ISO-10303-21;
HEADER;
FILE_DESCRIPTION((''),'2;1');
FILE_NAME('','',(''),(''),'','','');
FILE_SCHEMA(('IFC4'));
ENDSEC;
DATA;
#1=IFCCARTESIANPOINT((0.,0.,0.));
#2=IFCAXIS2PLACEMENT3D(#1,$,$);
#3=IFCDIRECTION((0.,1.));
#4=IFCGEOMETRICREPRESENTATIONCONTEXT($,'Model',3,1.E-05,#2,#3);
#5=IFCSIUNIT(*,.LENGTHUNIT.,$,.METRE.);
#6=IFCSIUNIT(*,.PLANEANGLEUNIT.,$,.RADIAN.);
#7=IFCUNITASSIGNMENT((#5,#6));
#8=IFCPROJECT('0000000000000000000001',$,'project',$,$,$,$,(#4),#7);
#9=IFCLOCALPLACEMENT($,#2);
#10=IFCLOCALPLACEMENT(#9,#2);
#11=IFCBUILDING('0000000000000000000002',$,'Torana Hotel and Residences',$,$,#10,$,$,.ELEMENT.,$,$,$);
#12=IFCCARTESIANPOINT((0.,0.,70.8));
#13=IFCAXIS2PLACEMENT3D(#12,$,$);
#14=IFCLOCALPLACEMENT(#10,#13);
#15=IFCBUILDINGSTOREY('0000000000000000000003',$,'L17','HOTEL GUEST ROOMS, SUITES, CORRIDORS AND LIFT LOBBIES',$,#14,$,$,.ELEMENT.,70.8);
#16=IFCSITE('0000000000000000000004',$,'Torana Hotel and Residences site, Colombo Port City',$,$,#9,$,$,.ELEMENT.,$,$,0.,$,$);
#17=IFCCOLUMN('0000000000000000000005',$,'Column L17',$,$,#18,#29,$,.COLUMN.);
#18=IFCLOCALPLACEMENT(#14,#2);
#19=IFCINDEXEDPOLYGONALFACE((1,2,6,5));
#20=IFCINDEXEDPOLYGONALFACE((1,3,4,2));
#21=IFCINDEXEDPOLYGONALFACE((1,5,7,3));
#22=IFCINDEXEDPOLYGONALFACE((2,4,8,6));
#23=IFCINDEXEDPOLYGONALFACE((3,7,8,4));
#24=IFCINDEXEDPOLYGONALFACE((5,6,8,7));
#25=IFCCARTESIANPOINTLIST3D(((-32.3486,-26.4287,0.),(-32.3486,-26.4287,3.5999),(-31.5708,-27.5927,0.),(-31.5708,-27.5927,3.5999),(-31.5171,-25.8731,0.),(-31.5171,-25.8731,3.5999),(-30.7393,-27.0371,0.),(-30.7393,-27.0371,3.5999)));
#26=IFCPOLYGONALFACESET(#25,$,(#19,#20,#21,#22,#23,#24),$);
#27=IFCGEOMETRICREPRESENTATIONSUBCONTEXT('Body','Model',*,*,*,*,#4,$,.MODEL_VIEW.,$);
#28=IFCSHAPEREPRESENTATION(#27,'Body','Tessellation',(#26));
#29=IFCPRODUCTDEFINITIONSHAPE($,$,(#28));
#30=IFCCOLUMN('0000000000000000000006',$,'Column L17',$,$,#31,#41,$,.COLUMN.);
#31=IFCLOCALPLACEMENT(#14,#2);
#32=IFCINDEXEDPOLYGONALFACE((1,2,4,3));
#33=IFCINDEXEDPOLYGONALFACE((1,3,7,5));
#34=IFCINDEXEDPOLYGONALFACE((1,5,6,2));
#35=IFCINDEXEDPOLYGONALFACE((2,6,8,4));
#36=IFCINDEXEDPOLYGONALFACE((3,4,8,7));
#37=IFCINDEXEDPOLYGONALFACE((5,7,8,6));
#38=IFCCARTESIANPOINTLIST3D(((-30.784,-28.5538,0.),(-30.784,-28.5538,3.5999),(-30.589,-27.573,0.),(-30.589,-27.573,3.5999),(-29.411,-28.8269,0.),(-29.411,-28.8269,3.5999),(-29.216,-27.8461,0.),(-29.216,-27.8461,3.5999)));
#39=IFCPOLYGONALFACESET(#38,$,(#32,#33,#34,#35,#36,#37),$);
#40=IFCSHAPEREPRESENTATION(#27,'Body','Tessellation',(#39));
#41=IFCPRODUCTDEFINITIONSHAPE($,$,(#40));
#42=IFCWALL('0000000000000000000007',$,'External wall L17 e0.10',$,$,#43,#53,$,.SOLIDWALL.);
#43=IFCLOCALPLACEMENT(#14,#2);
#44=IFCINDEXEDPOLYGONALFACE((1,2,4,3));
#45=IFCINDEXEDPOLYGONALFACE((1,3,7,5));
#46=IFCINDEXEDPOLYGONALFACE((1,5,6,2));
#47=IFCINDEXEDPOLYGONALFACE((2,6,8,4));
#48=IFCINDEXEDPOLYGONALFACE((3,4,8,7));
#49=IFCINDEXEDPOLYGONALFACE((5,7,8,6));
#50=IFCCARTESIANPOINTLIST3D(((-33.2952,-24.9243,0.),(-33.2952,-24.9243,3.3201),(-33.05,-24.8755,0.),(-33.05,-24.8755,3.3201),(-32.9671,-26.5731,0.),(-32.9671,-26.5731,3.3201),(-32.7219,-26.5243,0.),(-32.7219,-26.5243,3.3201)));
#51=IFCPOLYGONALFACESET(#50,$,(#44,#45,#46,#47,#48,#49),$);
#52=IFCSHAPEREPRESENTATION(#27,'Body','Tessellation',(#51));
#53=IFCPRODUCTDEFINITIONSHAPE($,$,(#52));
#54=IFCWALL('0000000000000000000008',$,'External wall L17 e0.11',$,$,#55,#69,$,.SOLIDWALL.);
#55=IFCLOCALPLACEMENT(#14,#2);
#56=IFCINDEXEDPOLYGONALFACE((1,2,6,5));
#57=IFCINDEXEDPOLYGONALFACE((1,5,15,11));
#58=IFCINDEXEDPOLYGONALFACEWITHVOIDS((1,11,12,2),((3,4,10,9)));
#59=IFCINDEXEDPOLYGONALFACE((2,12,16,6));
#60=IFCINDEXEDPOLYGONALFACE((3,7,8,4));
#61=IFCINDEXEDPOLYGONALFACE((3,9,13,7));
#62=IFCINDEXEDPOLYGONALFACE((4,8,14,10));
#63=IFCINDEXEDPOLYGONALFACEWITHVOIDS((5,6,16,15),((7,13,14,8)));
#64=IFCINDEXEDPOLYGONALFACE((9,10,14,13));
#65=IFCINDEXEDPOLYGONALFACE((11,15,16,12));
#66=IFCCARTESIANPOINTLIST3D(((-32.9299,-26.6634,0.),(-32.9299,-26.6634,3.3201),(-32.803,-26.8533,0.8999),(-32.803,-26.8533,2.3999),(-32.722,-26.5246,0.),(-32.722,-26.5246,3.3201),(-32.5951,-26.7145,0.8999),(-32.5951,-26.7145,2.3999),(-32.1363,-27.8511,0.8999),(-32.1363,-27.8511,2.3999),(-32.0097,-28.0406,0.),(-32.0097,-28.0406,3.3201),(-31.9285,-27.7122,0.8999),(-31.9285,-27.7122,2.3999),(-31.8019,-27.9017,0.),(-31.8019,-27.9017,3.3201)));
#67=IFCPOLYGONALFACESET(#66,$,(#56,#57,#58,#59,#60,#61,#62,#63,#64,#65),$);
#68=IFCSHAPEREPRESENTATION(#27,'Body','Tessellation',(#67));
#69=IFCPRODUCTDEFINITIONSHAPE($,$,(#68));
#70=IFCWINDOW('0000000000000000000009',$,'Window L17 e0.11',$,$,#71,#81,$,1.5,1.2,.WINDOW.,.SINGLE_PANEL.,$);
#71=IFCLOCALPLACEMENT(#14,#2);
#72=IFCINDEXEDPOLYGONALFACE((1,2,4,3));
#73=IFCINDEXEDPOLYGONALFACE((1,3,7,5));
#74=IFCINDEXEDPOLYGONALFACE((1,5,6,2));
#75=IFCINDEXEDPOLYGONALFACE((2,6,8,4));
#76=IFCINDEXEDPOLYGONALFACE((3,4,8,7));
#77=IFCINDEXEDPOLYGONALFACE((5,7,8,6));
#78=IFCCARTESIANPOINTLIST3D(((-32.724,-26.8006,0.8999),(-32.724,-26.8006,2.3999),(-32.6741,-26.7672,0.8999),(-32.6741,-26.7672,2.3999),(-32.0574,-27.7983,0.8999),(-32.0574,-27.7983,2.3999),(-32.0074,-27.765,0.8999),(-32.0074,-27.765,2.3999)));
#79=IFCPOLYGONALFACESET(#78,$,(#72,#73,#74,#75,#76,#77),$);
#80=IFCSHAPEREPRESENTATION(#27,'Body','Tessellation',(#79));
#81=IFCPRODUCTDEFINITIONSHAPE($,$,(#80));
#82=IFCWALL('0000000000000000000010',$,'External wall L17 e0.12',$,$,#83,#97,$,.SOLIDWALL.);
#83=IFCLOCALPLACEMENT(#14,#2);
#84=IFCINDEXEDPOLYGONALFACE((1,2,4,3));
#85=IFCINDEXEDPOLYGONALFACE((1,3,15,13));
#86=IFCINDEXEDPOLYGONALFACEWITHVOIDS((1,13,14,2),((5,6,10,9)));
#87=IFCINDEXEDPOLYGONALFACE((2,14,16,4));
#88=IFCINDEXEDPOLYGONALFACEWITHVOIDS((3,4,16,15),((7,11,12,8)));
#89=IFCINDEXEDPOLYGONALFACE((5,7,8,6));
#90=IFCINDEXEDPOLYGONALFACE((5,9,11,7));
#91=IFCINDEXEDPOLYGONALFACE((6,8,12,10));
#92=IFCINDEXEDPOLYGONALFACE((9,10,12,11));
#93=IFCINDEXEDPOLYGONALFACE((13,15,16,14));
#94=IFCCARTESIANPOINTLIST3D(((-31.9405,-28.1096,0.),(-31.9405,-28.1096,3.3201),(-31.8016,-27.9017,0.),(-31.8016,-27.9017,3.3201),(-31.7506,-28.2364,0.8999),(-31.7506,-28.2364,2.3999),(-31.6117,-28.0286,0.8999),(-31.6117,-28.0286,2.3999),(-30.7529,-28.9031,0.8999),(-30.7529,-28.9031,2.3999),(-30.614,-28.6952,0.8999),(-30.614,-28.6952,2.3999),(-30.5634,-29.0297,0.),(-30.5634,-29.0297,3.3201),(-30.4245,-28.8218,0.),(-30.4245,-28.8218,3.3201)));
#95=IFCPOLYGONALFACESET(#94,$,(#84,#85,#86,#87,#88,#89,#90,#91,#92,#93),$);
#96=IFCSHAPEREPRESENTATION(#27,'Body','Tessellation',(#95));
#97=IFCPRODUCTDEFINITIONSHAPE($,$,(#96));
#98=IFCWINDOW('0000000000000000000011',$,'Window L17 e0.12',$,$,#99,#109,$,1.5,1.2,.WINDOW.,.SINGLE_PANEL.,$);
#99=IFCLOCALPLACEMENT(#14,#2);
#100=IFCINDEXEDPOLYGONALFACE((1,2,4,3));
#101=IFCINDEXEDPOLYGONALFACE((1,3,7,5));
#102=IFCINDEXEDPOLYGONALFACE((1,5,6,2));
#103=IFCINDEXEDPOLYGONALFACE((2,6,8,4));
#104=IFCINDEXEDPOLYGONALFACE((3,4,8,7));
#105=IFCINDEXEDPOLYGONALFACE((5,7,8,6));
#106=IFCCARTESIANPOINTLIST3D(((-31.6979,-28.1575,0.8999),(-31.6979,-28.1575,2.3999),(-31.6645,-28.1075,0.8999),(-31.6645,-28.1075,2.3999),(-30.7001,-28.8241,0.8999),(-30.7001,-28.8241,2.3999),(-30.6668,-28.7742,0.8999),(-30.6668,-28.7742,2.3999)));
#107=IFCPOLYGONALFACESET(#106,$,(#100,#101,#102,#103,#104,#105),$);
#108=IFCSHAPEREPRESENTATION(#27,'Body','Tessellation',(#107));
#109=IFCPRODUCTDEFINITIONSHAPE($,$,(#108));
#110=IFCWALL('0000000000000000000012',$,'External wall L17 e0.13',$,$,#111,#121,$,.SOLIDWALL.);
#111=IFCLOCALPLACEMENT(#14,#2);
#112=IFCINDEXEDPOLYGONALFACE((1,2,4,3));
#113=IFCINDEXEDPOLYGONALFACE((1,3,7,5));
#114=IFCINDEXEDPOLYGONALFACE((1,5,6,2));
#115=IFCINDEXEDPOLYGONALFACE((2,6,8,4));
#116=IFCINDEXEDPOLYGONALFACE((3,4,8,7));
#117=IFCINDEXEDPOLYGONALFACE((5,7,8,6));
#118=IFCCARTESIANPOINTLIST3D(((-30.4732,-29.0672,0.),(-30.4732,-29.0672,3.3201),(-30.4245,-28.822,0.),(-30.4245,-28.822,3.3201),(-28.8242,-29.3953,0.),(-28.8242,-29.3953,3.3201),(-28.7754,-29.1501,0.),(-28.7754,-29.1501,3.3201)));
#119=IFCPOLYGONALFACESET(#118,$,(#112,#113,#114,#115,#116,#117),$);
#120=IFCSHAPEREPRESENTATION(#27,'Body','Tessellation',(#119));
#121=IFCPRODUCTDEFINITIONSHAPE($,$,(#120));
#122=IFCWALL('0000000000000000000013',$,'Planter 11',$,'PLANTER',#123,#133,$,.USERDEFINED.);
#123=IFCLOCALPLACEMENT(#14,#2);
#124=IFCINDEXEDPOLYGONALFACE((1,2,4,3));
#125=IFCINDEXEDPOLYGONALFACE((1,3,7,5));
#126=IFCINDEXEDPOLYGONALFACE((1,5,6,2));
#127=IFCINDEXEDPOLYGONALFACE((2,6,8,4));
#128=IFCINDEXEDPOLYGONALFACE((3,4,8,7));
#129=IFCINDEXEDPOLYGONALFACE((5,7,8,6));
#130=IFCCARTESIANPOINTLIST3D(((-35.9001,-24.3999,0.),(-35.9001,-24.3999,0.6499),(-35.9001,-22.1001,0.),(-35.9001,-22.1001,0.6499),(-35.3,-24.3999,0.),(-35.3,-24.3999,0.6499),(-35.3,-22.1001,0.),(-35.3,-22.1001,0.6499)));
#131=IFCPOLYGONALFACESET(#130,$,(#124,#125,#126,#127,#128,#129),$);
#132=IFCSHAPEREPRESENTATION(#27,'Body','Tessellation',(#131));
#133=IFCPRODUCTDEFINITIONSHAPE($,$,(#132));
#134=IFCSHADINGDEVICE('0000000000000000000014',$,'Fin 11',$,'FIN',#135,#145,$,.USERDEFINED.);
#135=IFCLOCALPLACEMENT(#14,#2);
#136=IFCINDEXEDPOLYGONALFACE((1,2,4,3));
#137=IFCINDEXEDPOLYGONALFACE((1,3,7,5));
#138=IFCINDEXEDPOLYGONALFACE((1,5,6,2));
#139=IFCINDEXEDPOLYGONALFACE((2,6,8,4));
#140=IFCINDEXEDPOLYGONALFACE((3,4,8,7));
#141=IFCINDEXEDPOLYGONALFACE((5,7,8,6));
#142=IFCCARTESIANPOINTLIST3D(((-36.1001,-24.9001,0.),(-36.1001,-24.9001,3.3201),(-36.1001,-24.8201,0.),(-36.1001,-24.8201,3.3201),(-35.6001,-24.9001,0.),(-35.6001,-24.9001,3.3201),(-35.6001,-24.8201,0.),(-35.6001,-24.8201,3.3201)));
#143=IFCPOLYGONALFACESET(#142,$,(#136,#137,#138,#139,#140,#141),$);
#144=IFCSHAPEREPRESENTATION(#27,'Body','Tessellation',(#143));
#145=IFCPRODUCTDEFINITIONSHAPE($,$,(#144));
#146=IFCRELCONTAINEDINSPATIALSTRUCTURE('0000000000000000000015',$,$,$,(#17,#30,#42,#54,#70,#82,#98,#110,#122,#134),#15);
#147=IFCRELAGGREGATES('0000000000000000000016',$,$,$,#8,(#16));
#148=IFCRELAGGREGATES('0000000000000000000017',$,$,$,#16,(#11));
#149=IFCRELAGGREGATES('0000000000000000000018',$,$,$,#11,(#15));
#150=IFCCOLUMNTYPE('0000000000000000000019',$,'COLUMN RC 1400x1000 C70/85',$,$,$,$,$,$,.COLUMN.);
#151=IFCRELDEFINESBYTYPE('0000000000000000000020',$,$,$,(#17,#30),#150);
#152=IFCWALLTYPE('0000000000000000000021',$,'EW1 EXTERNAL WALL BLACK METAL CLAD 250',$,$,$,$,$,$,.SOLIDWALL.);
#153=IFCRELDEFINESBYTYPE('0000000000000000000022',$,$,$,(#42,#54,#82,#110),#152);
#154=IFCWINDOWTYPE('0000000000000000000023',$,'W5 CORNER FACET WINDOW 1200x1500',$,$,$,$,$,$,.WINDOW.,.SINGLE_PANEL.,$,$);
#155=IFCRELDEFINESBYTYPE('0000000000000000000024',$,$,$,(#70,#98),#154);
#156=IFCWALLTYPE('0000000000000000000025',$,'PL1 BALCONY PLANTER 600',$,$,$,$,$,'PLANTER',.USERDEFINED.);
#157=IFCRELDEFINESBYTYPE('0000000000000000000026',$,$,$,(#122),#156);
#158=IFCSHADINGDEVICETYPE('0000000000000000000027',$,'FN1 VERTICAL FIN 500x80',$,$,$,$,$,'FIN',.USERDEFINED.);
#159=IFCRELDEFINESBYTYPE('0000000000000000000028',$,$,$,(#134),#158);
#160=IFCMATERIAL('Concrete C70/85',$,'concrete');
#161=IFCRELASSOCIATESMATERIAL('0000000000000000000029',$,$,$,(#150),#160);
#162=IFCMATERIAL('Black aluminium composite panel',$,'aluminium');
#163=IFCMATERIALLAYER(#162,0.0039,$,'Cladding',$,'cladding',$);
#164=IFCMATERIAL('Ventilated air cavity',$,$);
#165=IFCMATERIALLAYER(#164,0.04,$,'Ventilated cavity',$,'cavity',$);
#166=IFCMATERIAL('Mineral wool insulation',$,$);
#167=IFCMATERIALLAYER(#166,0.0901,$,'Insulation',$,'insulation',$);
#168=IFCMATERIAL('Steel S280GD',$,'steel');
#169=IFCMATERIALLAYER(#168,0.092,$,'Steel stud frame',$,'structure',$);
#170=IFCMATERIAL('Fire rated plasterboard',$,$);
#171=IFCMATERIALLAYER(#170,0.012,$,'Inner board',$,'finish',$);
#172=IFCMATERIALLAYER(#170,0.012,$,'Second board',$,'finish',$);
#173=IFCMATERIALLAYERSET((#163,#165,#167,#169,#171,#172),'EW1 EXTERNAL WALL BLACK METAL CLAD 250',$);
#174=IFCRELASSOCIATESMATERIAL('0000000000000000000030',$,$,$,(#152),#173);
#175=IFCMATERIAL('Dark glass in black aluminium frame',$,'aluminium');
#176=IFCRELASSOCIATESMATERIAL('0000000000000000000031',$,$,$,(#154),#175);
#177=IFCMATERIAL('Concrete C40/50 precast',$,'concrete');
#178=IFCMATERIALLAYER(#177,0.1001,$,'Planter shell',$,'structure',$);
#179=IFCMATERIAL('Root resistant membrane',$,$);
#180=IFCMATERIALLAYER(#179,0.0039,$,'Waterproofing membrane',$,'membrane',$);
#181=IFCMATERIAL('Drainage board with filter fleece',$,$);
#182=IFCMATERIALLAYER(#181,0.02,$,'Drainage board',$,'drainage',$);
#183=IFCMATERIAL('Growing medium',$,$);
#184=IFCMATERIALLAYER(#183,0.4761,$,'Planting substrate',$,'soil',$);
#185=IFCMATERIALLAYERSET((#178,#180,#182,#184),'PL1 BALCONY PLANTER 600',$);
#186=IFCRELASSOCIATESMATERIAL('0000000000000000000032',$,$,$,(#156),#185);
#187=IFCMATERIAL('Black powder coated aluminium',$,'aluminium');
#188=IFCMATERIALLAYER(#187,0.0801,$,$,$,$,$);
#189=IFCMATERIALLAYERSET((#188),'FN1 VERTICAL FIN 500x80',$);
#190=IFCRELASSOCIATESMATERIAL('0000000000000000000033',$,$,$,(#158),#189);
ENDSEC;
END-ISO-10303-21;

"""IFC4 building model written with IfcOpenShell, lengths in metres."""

from ifc_helpers import new_model, si_unit, direction, frame, frame_2d, origin, origin_2d, place, context, subcontext, project, spatial, rectangle, extrude, material, layer, layer_set, material_profile, profile_set, type_object, element, fill, save


model = new_model("IFC4")

# Units and contexts
model_context = context("Model", 3, precision=1e-05, world=origin(), true_north=direction((0.0, 1.0)))
body_context = subcontext(model_context, "Body", "Model", "MODEL_VIEW")
ifc_project = project(units=[si_unit("LENGTHUNIT", "METRE"), si_unit("PLANEANGLEUNIT", "RADIAN")], contexts=[model_context])

# Site, building, storey
site_placement = place(None, origin())
site = spatial("IfcSite", under=ifc_project, at=site_placement, Name="Torana Hotel and Residences site, Colombo Port City", CompositionType="ELEMENT", RefElevation=0.0)
building_placement = place(site_placement, origin())
building = spatial("IfcBuilding", under=site, at=building_placement, Name="Torana Hotel and Residences", CompositionType="ELEMENT")
storey_placement = place(building_placement, frame((0.0, 0.0, 70.8)))
storey = spatial("IfcBuildingStorey", under=building, at=storey_placement, Name="L17", Description="HOTEL GUEST ROOMS, SUITES, CORRIDORS AND LIFT LOBBIES", CompositionType="ELEMENT", Elevation=70.8)

# Columns
ifc_material_1 = material(Name="Concrete C70/85", Category="concrete")
ifc_material_profile = material_profile(ifc_material_1, rectangle(XDim=1.3999, YDim=1.0, at=origin_2d()), Name="RC 1400x1000")
ifc_profile_set = profile_set([ifc_material_profile], Name="Concrete C70/85")
column_type = type_object("IfcColumnType", Name="COLUMN RC 1400x1000 C70/85", PredefinedType="COLUMN", material=ifc_profile_set)
for number, where, z_axis, x_axis, name in (
    (1, (-31.5439, -26.7329, 0.0), (0.0, 0.0, 1.0), (-0.555585, 0.83146, 0.0), "Column L17"),
    (2, (-30.0, -28.2, 0.0), (0.0, 0.0, 1.0), (-0.980792, 0.195056, 0.0), "Column L17"),
):
    element("IfcColumn", number, at=place(storey_placement, frame(where, z_axis=z_axis, x_axis=x_axis)), inside=storey, type_object=column_type, Name=name, PredefinedType="COLUMN", context=body_context, shape_type="SweptSolid", body=[
        extrude(rectangle(XDim=1.3999, YDim=1.0, at=origin_2d()), origin(), (0.0, 0.0, 1.0), 3.5999),
    ])

# Wall
ifc_material_2 = material(Name="Black aluminium composite panel", Category="aluminium")
ifc_layer_1 = layer(ifc_material_2, 0.0039, Name="Cladding", Category="cladding")
ifc_material_3 = material(Name="Ventilated air cavity")
ifc_layer_2 = layer(ifc_material_3, 0.04, Name="Ventilated cavity", Category="cavity")
ifc_material_4 = material(Name="Mineral wool insulation")
ifc_layer_3 = layer(ifc_material_4, 0.0901, Name="Insulation", Category="insulation")
ifc_material_5 = material(Name="Steel S280GD", Category="steel")
ifc_layer_4 = layer(ifc_material_5, 0.092, Name="Steel stud frame", Category="structure")
ifc_material_6 = material(Name="Fire rated plasterboard")
ifc_layer_5 = layer(ifc_material_6, 0.012, Name="Inner board", Category="finish")
ifc_layer_6 = layer(ifc_material_6, 0.012, Name="Second board", Category="finish")
ifc_layer_set_1 = layer_set([ifc_layer_1, ifc_layer_2, ifc_layer_3, ifc_layer_4, ifc_layer_5, ifc_layer_6], Name="EW1 EXTERNAL WALL BLACK METAL CLAD 250")
wall_type_1 = type_object("IfcWallType", Name="EW1 EXTERNAL WALL BLACK METAL CLAD 250", PredefinedType="SOLIDWALL", material=ifc_layer_set_1)
wall_1_placement = place(storey_placement, frame((-33.1726, -24.8999, 0.0), z_axis=(0.0, 0.0, 1.0), x_axis=(0.195167, -0.98077, 0.0)))
element("IfcWall", 3, at=wall_1_placement, inside=storey, type_object=wall_type_1, Name="External wall L17 e0.10", PredefinedType="SOLIDWALL", context=body_context, shape_type="SweptSolid", body=[
    extrude(rectangle(XDim=1.6812, YDim=0.25, at=frame_2d((0.8406, 0.0))), origin(), (0.0, 0.0, 1.0), 3.3201),
])

# Walls, openings, windows
wall_2_placement = place(storey_placement, frame((-32.8259, -26.594, 0.0), z_axis=(0.0, 0.0, 1.0), x_axis=(0.55555, -0.831483, 0.0)))
wall_2 = element("IfcWall", 4, at=wall_2_placement, inside=storey, type_object=wall_type_1, Name="External wall L17 e0.11", PredefinedType="SOLIDWALL", context=body_context, shape_type="SweptSolid", body=[
    extrude(rectangle(XDim=1.6562, YDim=0.25, at=frame_2d((0.8281, 0.0))), origin(), (0.0, 0.0, 1.0), 3.3201),
])
opening_1_placement = place(wall_2_placement, frame((0.2283, 0.0, 0.8999)))
opening_1 = element("IfcOpeningElement", 5, at=opening_1_placement, cuts=wall_2, PredefinedType="OPENING", context=body_context, shape_type="SweptSolid", body=[
    extrude(rectangle(XDim=1.2, YDim=1.5, at=frame_2d((0.6001, 0.75))), frame((0.0, 0.135, 0.0), z_axis=(0.0, -1.0, 0.0), x_axis=(1.0, 0.0, 0.0)), (0.0, 0.0, 1.0), 0.27),
])
ifc_material_7 = material(Name="Dark glass in black aluminium frame", Category="aluminium")
window_type = type_object("IfcWindowType", Name="W5 CORNER FACET WINDOW 1200x1500", PartitioningType="SINGLE_PANEL", PredefinedType="WINDOW", material=ifc_material_7)
window_1_placement = place(opening_1_placement, origin())
window_1 = element("IfcWindow", 6, at=window_1_placement, inside=storey, type_object=window_type, Name="Window L17 e0.11", OverallHeight=1.5, OverallWidth=1.2, PartitioningType="SINGLE_PANEL", PredefinedType="WINDOW", context=body_context, shape_type="SweptSolid", body=[
    extrude(rectangle(XDim=1.2, YDim=1.5, at=frame_2d((0.6001, 0.75))), frame((0.0, 0.03, 0.0), z_axis=(0.0, -1.0, 0.0), x_axis=(1.0, 0.0, 0.0)), (0.0, 0.0, 1.0), 0.0601),
])
fill(opening_1, window_1)
wall_3_placement = place(storey_placement, frame((-31.8711, -28.0056, 0.0), z_axis=(0.0, 0.0, 1.0), x_axis=(0.831483, -0.55555, 0.0)))
wall_3 = element("IfcWall", 7, at=wall_3_placement, inside=storey, type_object=wall_type_1, Name="External wall L17 e0.12", PredefinedType="SOLIDWALL", context=body_context, shape_type="SweptSolid", body=[
    extrude(rectangle(XDim=1.6562, YDim=0.25, at=frame_2d((0.8281, 0.0))), origin(), (0.0, 0.0, 1.0), 3.3201),
])
opening_2_placement = place(wall_3_placement, frame((0.2283, 0.0, 0.8999)))
opening_2 = element("IfcOpeningElement", 8, at=opening_2_placement, cuts=wall_3, PredefinedType="OPENING", context=body_context, shape_type="SweptSolid", body=[
    extrude(rectangle(XDim=1.2, YDim=1.5, at=frame_2d((0.6001, 0.75))), frame((0.0, 0.135, 0.0), z_axis=(0.0, -1.0, 0.0), x_axis=(1.0, 0.0, 0.0)), (0.0, 0.0, 1.0), 0.27),
])
window_2_placement = place(opening_2_placement, origin())
window_2 = element("IfcWindow", 9, at=window_2_placement, inside=storey, type_object=window_type, Name="Window L17 e0.12", OverallHeight=1.5, OverallWidth=1.2, PartitioningType="SINGLE_PANEL", PredefinedType="WINDOW", context=body_context, shape_type="SweptSolid", body=[
    extrude(rectangle(XDim=1.2, YDim=1.5, at=frame_2d((0.6001, 0.75))), frame((0.0, 0.03, 0.0), z_axis=(0.0, -1.0, 0.0), x_axis=(1.0, 0.0, 0.0)), (0.0, 0.0, 1.0), 0.0601),
])
fill(opening_2, window_2)

# Walls
wall_4_placement = place(storey_placement, frame((-30.449, -28.9446, 0.0), z_axis=(0.0, 0.0, 1.0), x_axis=(0.980776, -0.195139, 0.0)))
element("IfcWall", 10, at=wall_4_placement, inside=storey, type_object=wall_type_1, Name="External wall L17 e0.13", PredefinedType="SOLIDWALL", context=body_context, shape_type="SweptSolid", body=[
    extrude(rectangle(XDim=1.6814, YDim=0.25, at=frame_2d((0.8408, 0.0))), origin(), (0.0, 0.0, 1.0), 3.3201),
])
ifc_material_8 = material(Name="Concrete C40/50 precast", Category="concrete")
ifc_layer_7 = layer(ifc_material_8, 0.1001, Name="Planter shell", Category="structure")
ifc_material_9 = material(Name="Root resistant membrane")
ifc_layer_8 = layer(ifc_material_9, 0.0039, Name="Waterproofing membrane", Category="membrane")
ifc_material_10 = material(Name="Drainage board with filter fleece")
ifc_layer_9 = layer(ifc_material_10, 0.02, Name="Drainage board", Category="drainage")
ifc_material_11 = material(Name="Growing medium")
ifc_layer_10 = layer(ifc_material_11, 0.4761, Name="Planting substrate", Category="soil")
ifc_layer_set_2 = layer_set([ifc_layer_7, ifc_layer_8, ifc_layer_9, ifc_layer_10], Name="PL1 BALCONY PLANTER 600")
wall_type_2 = type_object("IfcWallType", Name="PL1 BALCONY PLANTER 600", ElementType="PLANTER", PredefinedType="USERDEFINED", material=ifc_layer_set_2)
wall_5_placement = place(storey_placement, frame((-35.6001, -24.3999, 0.0), z_axis=(0.0, 0.0, 1.0), x_axis=(0.0, 1.0, 0.0)))
element("IfcWall", 11, at=wall_5_placement, inside=storey, type_object=wall_type_2, Name="Planter 11", ObjectType="PLANTER", PredefinedType="USERDEFINED", context=body_context, shape_type="SweptSolid", body=[
    extrude(rectangle(XDim=2.2998, YDim=0.6001, at=frame_2d((1.1499, 0.0))), origin(), (0.0, 0.0, 1.0), 0.6499),
])

# Shading device
ifc_material_12 = material(Name="Black powder coated aluminium", Category="aluminium")
ifc_layer_11 = layer(ifc_material_12, 0.0801)
ifc_layer_set_3 = layer_set([ifc_layer_11], Name="FN1 VERTICAL FIN 500x80")
shading_device_type = type_object("IfcShadingDeviceType", Name="FN1 VERTICAL FIN 500x80", ElementType="FIN", PredefinedType="USERDEFINED", material=ifc_layer_set_3)
shading_device_placement = place(storey_placement, frame((-35.8501, -24.8601, 0.0), z_axis=(0.0, 0.0, 1.0), x_axis=(0.0, 1.0, 0.0)))
element("IfcShadingDevice", 12, at=shading_device_placement, inside=storey, type_object=shading_device_type, Name="Fin 11", ObjectType="FIN", PredefinedType="USERDEFINED", context=body_context, shape_type="SweptSolid", body=[
    extrude(rectangle(XDim=0.0801, YDim=0.5, at=origin_2d()), origin(), (0.0, 0.0, 1.0), 3.3201),
])

save(model, "model.ifc")
